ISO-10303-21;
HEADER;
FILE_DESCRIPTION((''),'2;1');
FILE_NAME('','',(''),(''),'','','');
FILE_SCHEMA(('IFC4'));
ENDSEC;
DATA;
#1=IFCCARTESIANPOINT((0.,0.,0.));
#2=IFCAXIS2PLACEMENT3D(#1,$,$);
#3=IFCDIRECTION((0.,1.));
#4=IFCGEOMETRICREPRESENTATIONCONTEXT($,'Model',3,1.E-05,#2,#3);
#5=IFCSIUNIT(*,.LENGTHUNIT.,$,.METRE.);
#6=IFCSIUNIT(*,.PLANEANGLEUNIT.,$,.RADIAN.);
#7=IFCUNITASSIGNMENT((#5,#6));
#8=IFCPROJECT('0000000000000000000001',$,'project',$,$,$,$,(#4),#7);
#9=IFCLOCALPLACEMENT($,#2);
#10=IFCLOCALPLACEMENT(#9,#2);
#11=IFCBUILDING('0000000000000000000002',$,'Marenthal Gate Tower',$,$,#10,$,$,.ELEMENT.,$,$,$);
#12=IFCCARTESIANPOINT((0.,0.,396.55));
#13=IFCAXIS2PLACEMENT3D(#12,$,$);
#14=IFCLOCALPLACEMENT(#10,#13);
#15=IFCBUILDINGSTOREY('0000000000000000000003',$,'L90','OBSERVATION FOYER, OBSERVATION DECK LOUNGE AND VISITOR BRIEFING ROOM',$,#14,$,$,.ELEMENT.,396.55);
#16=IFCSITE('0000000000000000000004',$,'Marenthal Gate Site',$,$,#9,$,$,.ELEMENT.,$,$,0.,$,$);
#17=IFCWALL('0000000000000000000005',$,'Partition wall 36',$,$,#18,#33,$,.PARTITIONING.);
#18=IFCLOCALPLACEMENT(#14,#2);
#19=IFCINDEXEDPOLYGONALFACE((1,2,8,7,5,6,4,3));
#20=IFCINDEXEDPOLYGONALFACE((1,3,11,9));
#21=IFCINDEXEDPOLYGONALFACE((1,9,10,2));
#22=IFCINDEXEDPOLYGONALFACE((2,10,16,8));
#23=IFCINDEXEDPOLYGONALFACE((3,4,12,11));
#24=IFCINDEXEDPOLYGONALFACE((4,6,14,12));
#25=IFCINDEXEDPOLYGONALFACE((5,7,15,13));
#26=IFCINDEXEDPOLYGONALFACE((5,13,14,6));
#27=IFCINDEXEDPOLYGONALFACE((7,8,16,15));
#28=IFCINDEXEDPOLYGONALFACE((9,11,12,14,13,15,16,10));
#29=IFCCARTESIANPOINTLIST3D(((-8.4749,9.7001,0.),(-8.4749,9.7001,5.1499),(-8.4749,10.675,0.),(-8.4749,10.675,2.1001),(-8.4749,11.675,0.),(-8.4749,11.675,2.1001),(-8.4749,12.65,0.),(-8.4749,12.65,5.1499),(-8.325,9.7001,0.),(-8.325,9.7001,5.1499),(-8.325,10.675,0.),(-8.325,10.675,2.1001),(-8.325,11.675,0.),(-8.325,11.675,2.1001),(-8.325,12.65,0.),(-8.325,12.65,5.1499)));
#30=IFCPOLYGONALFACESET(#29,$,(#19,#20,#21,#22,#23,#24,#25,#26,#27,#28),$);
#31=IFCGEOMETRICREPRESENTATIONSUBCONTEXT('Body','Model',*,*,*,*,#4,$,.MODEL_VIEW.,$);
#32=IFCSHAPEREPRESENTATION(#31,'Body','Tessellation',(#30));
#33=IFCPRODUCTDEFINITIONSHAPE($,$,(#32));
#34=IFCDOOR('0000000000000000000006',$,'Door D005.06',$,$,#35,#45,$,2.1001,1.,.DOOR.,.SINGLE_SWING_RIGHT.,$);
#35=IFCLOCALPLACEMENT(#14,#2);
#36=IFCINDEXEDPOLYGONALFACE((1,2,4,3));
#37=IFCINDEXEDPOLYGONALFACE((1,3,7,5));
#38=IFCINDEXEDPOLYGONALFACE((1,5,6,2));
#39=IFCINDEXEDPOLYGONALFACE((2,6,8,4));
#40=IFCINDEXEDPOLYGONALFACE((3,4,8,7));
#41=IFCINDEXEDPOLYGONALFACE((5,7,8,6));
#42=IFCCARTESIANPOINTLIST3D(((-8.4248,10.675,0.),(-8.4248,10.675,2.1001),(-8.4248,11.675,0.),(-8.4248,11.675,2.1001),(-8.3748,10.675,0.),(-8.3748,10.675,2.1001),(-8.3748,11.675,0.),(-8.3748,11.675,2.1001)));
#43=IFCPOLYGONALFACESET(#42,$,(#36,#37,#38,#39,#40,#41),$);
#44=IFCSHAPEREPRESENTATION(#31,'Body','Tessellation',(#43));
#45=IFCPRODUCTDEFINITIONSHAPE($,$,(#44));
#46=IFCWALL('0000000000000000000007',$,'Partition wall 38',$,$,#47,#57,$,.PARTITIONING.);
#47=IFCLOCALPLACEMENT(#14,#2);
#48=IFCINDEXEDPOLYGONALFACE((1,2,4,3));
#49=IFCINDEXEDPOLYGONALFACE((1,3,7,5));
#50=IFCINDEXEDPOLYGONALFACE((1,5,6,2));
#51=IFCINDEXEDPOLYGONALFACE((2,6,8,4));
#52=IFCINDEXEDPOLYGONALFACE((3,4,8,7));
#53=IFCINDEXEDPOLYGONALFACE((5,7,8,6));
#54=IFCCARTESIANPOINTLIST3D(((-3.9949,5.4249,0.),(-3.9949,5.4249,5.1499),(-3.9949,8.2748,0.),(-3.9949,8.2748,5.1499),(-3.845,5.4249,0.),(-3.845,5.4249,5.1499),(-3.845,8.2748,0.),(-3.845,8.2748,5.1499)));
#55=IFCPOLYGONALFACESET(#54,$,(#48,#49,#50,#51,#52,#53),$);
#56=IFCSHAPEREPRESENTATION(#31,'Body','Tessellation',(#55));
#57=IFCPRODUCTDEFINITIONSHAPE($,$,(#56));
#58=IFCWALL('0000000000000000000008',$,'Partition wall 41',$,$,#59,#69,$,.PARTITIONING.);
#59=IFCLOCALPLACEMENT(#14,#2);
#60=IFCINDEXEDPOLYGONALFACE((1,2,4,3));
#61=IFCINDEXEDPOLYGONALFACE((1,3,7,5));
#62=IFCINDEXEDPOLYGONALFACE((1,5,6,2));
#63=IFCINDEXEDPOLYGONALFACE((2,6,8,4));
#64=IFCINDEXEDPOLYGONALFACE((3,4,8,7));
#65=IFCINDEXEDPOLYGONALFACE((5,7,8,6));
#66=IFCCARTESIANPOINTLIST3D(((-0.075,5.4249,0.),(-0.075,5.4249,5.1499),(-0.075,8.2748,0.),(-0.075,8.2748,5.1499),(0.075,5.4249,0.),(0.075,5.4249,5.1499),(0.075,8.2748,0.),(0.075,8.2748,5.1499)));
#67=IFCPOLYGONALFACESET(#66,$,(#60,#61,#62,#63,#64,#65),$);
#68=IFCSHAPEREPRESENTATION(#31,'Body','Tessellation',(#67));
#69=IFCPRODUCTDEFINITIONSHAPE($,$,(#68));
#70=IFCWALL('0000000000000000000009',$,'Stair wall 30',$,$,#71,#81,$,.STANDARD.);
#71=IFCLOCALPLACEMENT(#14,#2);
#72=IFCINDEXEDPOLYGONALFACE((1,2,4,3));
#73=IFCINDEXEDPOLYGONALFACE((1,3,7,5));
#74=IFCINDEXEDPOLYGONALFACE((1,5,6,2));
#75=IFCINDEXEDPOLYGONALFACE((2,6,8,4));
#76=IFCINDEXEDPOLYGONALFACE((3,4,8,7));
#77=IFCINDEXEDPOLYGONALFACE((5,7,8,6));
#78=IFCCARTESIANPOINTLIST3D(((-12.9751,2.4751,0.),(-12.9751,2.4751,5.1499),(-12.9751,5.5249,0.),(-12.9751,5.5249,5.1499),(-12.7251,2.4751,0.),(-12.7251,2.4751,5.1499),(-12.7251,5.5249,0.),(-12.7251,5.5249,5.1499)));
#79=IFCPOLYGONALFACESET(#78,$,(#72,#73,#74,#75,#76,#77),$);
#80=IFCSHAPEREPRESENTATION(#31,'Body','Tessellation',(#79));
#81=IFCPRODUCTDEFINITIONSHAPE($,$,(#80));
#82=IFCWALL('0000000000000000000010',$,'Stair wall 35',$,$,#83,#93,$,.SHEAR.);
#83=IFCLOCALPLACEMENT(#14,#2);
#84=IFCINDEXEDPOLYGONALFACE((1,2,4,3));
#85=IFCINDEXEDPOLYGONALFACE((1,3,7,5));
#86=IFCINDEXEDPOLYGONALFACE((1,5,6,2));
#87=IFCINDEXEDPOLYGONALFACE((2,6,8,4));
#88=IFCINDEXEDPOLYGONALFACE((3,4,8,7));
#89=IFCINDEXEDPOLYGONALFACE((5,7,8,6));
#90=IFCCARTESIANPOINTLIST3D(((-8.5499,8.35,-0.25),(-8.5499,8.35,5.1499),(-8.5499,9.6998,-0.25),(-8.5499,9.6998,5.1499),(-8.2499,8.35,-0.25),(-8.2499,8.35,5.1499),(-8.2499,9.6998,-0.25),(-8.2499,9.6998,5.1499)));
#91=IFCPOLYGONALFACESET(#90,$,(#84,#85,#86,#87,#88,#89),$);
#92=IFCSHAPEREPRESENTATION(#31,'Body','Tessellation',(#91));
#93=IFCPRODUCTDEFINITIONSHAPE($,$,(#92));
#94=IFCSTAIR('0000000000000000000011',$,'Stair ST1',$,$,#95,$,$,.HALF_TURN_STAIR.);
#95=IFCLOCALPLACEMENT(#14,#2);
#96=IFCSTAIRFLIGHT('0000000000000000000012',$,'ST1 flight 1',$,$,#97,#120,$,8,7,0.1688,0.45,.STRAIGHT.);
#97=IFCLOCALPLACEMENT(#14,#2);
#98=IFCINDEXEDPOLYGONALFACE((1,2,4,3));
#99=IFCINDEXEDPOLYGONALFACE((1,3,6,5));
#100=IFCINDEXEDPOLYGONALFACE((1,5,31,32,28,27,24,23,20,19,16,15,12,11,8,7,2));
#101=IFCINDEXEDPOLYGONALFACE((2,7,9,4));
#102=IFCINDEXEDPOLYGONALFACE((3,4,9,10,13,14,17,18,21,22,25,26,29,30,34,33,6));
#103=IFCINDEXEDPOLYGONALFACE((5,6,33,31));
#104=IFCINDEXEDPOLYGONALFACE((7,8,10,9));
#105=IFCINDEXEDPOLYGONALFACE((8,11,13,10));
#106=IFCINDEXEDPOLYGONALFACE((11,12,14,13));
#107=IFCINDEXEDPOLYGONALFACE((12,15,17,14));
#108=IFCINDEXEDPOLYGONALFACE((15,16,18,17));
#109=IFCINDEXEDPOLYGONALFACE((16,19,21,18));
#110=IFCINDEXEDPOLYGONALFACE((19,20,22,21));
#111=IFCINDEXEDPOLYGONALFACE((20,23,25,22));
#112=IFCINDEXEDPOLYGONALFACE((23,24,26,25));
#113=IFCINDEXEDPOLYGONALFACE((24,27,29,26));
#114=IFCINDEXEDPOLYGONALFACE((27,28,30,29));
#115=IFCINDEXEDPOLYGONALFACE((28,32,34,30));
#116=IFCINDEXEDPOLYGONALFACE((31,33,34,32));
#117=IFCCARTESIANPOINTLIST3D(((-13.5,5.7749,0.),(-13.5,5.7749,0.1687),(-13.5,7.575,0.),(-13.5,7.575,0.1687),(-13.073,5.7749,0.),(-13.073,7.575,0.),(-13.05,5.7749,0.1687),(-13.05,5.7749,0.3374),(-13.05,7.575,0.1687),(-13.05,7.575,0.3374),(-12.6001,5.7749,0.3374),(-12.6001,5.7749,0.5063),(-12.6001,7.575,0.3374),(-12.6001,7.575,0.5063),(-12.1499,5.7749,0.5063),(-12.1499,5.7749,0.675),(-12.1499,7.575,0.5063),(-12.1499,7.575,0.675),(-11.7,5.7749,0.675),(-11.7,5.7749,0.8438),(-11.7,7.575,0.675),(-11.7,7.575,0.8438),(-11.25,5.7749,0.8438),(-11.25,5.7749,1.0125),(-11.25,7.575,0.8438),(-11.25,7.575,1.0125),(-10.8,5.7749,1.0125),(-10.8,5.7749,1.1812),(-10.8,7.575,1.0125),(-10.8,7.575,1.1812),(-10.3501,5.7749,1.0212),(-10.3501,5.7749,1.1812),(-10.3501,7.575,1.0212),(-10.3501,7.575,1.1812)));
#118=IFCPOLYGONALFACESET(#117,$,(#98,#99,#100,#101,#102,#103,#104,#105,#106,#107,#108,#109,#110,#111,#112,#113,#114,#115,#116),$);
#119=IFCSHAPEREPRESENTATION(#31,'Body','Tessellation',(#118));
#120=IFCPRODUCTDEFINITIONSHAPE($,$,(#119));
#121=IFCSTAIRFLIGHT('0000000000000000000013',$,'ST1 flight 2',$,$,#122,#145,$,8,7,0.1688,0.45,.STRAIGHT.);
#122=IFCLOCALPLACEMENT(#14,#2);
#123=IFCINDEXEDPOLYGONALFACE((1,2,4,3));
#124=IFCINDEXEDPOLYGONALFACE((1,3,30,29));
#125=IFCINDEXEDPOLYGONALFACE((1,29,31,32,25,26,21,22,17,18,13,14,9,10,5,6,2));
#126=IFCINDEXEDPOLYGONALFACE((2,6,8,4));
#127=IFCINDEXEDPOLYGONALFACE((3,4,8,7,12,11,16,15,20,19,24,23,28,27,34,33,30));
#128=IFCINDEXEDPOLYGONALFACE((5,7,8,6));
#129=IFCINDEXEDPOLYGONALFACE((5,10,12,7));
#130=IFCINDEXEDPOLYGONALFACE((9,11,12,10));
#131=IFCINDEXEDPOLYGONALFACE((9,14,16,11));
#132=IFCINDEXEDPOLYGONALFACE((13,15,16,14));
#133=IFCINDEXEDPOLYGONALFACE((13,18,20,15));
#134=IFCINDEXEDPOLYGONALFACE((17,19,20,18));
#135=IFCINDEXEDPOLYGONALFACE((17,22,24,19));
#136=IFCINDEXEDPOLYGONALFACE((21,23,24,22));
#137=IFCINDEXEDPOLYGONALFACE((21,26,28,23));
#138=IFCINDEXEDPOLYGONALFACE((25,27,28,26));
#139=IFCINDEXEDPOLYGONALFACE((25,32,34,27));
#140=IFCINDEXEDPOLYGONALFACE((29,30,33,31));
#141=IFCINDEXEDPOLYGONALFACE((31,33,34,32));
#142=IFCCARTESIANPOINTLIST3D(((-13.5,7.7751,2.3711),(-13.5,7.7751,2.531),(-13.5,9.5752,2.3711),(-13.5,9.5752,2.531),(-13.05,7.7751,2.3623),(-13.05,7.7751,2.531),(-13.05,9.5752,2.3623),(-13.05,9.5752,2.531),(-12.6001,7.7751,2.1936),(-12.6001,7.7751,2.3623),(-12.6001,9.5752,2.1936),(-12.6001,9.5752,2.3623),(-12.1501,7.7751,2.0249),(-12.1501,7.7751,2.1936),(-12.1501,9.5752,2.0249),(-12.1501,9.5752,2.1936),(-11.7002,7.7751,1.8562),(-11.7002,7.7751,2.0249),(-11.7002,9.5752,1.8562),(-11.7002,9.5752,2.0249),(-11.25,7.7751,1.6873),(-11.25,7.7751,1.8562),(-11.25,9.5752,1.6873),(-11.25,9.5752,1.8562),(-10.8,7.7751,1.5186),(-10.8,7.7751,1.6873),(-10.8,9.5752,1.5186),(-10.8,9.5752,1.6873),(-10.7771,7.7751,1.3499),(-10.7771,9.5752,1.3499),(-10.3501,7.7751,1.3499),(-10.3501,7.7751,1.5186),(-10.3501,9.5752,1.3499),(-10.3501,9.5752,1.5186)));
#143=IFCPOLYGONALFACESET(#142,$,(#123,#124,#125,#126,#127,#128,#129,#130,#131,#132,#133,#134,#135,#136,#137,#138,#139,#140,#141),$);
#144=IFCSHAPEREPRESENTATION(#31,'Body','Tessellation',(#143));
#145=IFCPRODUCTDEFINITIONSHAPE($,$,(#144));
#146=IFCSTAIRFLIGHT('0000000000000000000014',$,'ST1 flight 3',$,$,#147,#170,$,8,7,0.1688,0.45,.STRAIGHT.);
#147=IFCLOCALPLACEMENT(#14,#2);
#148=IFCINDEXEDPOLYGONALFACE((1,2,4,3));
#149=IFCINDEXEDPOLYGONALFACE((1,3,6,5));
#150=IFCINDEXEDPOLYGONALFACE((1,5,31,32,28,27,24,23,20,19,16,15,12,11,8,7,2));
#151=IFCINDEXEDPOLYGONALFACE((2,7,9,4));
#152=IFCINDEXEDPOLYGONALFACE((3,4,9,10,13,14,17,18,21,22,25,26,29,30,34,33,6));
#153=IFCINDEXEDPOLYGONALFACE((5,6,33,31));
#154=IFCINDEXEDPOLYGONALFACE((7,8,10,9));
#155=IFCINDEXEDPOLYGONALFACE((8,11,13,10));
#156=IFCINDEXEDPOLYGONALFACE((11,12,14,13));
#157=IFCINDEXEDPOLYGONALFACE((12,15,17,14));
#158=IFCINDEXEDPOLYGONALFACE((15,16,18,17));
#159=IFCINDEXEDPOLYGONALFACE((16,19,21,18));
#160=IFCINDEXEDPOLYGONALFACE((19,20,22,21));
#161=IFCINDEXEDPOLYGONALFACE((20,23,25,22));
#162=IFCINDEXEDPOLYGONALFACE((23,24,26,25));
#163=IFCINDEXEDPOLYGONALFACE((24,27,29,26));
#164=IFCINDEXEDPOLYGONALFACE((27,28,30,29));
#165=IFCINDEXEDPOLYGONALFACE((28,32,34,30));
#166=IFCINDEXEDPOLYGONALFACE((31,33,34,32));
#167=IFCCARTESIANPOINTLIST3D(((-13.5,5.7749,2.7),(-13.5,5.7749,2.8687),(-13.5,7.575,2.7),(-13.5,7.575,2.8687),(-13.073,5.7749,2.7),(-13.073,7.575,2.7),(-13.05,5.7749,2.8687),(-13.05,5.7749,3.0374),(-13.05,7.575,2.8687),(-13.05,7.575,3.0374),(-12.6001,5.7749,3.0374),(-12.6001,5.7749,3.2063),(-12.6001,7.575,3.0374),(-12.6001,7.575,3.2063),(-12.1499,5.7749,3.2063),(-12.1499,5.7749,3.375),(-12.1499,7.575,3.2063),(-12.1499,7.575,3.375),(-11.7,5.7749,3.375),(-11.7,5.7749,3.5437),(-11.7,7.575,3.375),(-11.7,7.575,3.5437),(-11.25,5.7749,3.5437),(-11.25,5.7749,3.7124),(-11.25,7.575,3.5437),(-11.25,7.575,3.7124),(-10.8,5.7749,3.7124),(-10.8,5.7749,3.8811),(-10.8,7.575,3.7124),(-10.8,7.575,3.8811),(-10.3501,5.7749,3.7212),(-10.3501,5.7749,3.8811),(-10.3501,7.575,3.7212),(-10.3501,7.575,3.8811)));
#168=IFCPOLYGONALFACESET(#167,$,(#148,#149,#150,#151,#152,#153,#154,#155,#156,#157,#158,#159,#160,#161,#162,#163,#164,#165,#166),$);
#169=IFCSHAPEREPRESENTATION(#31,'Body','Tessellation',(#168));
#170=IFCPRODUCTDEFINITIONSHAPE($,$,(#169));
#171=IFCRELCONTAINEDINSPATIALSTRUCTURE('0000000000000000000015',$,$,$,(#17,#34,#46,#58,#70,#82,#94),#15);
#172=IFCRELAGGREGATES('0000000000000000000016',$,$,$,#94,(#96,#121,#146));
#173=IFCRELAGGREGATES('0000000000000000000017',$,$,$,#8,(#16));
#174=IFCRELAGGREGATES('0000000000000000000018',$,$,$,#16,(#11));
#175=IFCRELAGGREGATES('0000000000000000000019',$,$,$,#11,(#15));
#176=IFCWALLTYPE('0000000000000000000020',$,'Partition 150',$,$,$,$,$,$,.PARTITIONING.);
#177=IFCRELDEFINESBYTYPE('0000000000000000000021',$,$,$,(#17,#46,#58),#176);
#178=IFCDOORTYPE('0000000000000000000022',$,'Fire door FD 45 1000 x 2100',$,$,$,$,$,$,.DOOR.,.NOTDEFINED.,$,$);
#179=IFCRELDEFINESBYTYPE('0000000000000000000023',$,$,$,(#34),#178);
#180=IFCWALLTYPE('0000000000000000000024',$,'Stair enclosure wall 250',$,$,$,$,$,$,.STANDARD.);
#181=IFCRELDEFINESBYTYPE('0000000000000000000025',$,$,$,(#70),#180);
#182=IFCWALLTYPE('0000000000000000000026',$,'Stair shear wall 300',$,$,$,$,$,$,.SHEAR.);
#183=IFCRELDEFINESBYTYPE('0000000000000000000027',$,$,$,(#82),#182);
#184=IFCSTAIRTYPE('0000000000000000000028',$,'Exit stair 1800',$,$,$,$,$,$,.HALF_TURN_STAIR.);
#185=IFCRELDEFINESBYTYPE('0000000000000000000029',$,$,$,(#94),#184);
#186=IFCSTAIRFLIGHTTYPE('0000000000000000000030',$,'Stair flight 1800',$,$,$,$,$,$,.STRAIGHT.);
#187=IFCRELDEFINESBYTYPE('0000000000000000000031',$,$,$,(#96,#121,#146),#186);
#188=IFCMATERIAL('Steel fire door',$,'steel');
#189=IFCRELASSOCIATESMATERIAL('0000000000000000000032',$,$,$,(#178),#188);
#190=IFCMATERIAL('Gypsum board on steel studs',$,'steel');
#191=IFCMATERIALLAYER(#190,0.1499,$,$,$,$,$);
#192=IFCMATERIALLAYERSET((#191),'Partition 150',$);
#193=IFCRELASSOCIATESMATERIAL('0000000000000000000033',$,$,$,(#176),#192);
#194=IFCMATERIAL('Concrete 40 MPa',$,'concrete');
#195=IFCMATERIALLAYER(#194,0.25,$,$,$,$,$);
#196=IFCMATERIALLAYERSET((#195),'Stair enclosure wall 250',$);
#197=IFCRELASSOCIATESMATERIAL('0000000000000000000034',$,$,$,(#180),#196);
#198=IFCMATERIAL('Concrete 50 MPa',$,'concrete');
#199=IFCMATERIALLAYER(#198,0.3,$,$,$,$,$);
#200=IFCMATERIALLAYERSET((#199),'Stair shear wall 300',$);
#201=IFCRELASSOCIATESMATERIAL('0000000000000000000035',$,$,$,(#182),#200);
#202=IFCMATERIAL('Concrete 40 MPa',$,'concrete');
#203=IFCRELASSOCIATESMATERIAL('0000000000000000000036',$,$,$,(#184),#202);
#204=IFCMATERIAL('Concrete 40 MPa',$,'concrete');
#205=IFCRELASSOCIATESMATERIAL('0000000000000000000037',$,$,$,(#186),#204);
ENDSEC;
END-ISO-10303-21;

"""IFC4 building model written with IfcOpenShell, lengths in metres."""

from ifc_helpers import new_model, si_unit, direction, frame, frame_2d, origin, place, context, subcontext, project, spatial, polyline, rectangle, outline, extrude, material, layer, layer_set, type_object, element, fill, aggregate, save


model = new_model("IFC4")

# Units and contexts
model_context = context("Model", 3, precision=1e-05, world=origin(), true_north=direction((0.0, 1.0)))
body_context = subcontext(model_context, "Body", "Model", "MODEL_VIEW")
ifc_project = project(units=[si_unit("LENGTHUNIT", "METRE"), si_unit("PLANEANGLEUNIT", "RADIAN")], contexts=[model_context])

# Site, building, storey
site_placement = place(None, origin())
site = spatial("IfcSite", under=ifc_project, at=site_placement, Name="Marenthal Gate Site", CompositionType="ELEMENT", RefElevation=0.0)
building_placement = place(site_placement, origin())
building = spatial("IfcBuilding", under=site, at=building_placement, Name="Marenthal Gate Tower", CompositionType="ELEMENT")
storey_placement = place(building_placement, frame((0.0, 0.0, 396.55)))
storey = spatial("IfcBuildingStorey", under=building, at=storey_placement, Name="L90", Description="OBSERVATION FOYER, OBSERVATION DECK LOUNGE AND VISITOR BRIEFING ROOM", CompositionType="ELEMENT", Elevation=396.55)

# Shared definitions
ifc_material_1 = material(Name="Steel fire door", Category="steel")
door_type = type_object("IfcDoorType", Name="Fire door FD 45 1000 x 2100", OperationType="NOTDEFINED", PredefinedType="DOOR", material=ifc_material_1)

# Shared definitions
ifc_material_2 = material(Name="Gypsum board on steel studs", Category="steel")
ifc_layer_1 = layer(ifc_material_2, 0.1499)
ifc_layer_set_1 = layer_set([ifc_layer_1], Name="Partition 150")
wall_type_1 = type_object("IfcWallType", Name="Partition 150", PredefinedType="PARTITIONING", material=ifc_layer_set_1)

# Wall, opening, door
wall_1_placement = place(storey_placement, frame((-8.3999, 9.7, 0.0), z_axis=(0.0, 0.0, 1.0), x_axis=(0.0, 1.0, 0.0)))
wall_1 = element("IfcWall", 1, at=wall_1_placement, inside=storey, type_object=wall_type_1, Name="Partition wall 36", PredefinedType="PARTITIONING", context=body_context, shape_type="SweptSolid", body=[
    extrude(rectangle(XDim=2.95, YDim=0.1499, at=frame_2d((1.4751, 0.0))), origin(), (0.0, 0.0, 1.0), 5.1499),
])
opening_1_placement = place(wall_1_placement, frame((0.9751, 0.0, 0.0)))
opening_1 = element("IfcOpeningElement", 2, at=opening_1_placement, cuts=wall_1, PredefinedType="OPENING", context=body_context, shape_type="SweptSolid", body=[
    extrude(rectangle(XDim=1.0, YDim=2.1001, at=frame_2d((0.5, 1.05))), frame((0.0, 0.085, 0.0), z_axis=(0.0, -1.0, 0.0), x_axis=(1.0, 0.0, 0.0)), (0.0, 0.0, 1.0), 0.1699),
])
door_1_placement = place(opening_1_placement, origin())
door_1 = element("IfcDoor", 3, at=door_1_placement, inside=storey, type_object=door_type, Name="Door D005.06", OperationType="SINGLE_SWING_RIGHT", OverallHeight=2.1001, OverallWidth=1.0, PredefinedType="DOOR", context=body_context, shape_type="SweptSolid", body=[
    extrude(rectangle(XDim=1.0, YDim=2.1001, at=frame_2d((0.5, 1.05))), frame((0.0, 0.0249, 0.0), z_axis=(0.0, -1.0, 0.0), x_axis=(1.0, 0.0, 0.0)), (0.0, 0.0, 1.0), 0.05),
])
fill(opening_1, door_1)

# Walls
for number, where, z_axis, x_axis, name in (
    (4, (-3.9199, 5.425, 0.0), (0.0, 0.0, 1.0), (0.0, 1.0, 0.0), "Partition wall 38"),
    (5, (0.0, 5.425, 0.0), (0.0, 0.0, 1.0), (0.0, 1.0, 0.0), "Partition wall 41"),
):
    element("IfcWall", number, at=place(storey_placement, frame(where, z_axis=z_axis, x_axis=x_axis)), inside=storey, type_object=wall_type_1, Name=name, PredefinedType="PARTITIONING", context=body_context, shape_type="SweptSolid", body=[
        extrude(rectangle(XDim=2.8499, YDim=0.1499, at=frame_2d((1.4248, 0.0))), origin(), (0.0, 0.0, 1.0), 5.1499),
    ])
ifc_material_3 = material(Name="Concrete 40 MPa", Category="concrete")
ifc_layer_2 = layer(ifc_material_3, 0.25)
ifc_layer_set_2 = layer_set([ifc_layer_2], Name="Stair enclosure wall 250")
wall_type_2 = type_object("IfcWallType", Name="Stair enclosure wall 250", PredefinedType="STANDARD", material=ifc_layer_set_2)
wall_2_placement = place(storey_placement, frame((-12.8501, 2.4751, 0.0), z_axis=(0.0, 0.0, 1.0), x_axis=(0.0, 1.0, 0.0)))
element("IfcWall", 6, at=wall_2_placement, inside=storey, type_object=wall_type_2, Name="Stair wall 30", PredefinedType="STANDARD", context=body_context, shape_type="SweptSolid", body=[
    extrude(rectangle(XDim=3.0498, YDim=0.25, at=frame_2d((1.5249, 0.0))), origin(), (0.0, 0.0, 1.0), 5.1499),
])
ifc_material_4 = material(Name="Concrete 50 MPa", Category="concrete")
ifc_layer_3 = layer(ifc_material_4, 0.3)
ifc_layer_set_3 = layer_set([ifc_layer_3], Name="Stair shear wall 300")
wall_type_3 = type_object("IfcWallType", Name="Stair shear wall 300", PredefinedType="SHEAR", material=ifc_layer_set_3)
wall_3_placement = place(storey_placement, frame((-8.3999, 8.3501, -0.25), z_axis=(0.0, 0.0, 1.0), x_axis=(0.0, 1.0, 0.0)))
element("IfcWall", 7, at=wall_3_placement, inside=storey, type_object=wall_type_3, Name="Stair wall 35", PredefinedType="SHEAR", context=body_context, shape_type="SweptSolid", body=[
    extrude(rectangle(XDim=1.3499, YDim=0.3, at=frame_2d((0.6748, 0.0))), origin(), (0.0, 0.0, 1.0), 5.3999),
])

# Stair, stair flights
ifc_material_5 = material(Name="Concrete 40 MPa", Category="concrete")
stair_type = type_object("IfcStairType", Name="Exit stair 1800", PredefinedType="HALF_TURN_STAIR", material=ifc_material_5)
stair_placement = place(storey_placement, origin())
stair = element("IfcStair", 8, at=stair_placement, inside=storey, type_object=stair_type, Name="Stair ST1", PredefinedType="HALF_TURN_STAIR")
ifc_material_6 = material(Name="Concrete 40 MPa", Category="concrete")
stair_flight_type = type_object("IfcStairFlightType", Name="Stair flight 1800", PredefinedType="STRAIGHT", material=ifc_material_6)
stair_flight_1_placement = place(storey_placement, frame((-13.5, 6.675, 0.0), z_axis=(0.0, 0.0, 1.0), x_axis=(1.0, 0.0, 0.0)))
stair_flight_1 = element("IfcStairFlight", 9, at=stair_flight_1_placement, type_object=stair_flight_type, Name="ST1 flight 1", NumberOfRisers=8, NumberOfTreads=7, PredefinedType="STRAIGHT", RiserHeight=0.1688, TreadLength=0.45, context=body_context, shape_type="SweptSolid", body=[
    extrude(outline(polyline([(0.0, 0.0), (0.0, 0.1687), (0.45, 0.1687), (0.45, 0.3374), (0.8999, 0.3374), (0.8999, 0.5063), (1.3501, 0.5063), (1.3501, 0.675), (1.8, 0.675), (1.8, 0.8438), (2.25, 0.8438), (2.25, 1.0125), (2.7, 1.0125), (2.7, 1.1812), (3.1499, 1.1812), (3.1499, 1.3501), (3.1499, 1.0212), (0.427, 0.0), (0.0, 0.0)])), frame((0.0, 0.8999, 0.0), z_axis=(0.0, -1.0, 0.0), x_axis=(1.0, 0.0, 0.0)), (0.0, 0.0, 1.0), 1.8),
])
stair_flight_2_placement = place(storey_placement, frame((-10.3501, 8.675, 1.3499), z_axis=(0.0, 0.0, 1.0), x_axis=(-1.0, 0.0, 0.0)))
stair_flight_2 = element("IfcStairFlight", 10, at=stair_flight_2_placement, type_object=stair_flight_type, Name="ST1 flight 2", NumberOfRisers=8, NumberOfTreads=7, PredefinedType="STRAIGHT", RiserHeight=0.1688, TreadLength=0.45, context=body_context, shape_type="SweptSolid", body=[
    extrude(outline(polyline([(0.0, 0.0), (0.0, 0.1687), (0.45, 0.1687), (0.45, 0.3374), (0.8999, 0.3374), (0.8999, 0.5063), (1.3501, 0.5063), (1.3501, 0.675), (1.8, 0.675), (1.8, 0.8438), (2.25, 0.8438), (2.25, 1.0125), (2.7, 1.0125), (2.7, 1.1812), (3.1499, 1.1812), (3.1499, 1.3501), (3.1499, 1.0212), (0.427, 0.0), (0.0, 0.0)])), frame((0.0, 0.8999, 0.0), z_axis=(0.0, -1.0, 0.0), x_axis=(1.0, 0.0, 0.0)), (0.0, 0.0, 1.0), 1.8),
])
stair_flight_3_placement = place(storey_placement, frame((-13.5, 6.675, 2.7), z_axis=(0.0, 0.0, 1.0), x_axis=(1.0, 0.0, 0.0)))
stair_flight_3 = element("IfcStairFlight", 11, at=stair_flight_3_placement, type_object=stair_flight_type, Name="ST1 flight 3", NumberOfRisers=8, NumberOfTreads=7, PredefinedType="STRAIGHT", RiserHeight=0.1688, TreadLength=0.45, context=body_context, shape_type="SweptSolid", body=[
    extrude(outline(polyline([(0.0, 0.0), (0.0, 0.1687), (0.45, 0.1687), (0.45, 0.3374), (0.8999, 0.3374), (0.8999, 0.5063), (1.3501, 0.5063), (1.3501, 0.675), (1.8, 0.675), (1.8, 0.8438), (2.25, 0.8438), (2.25, 1.0125), (2.7, 1.0125), (2.7, 1.1812), (3.1499, 1.1812), (3.1499, 1.3501), (3.1499, 1.0212), (0.427, 0.0), (0.0, 0.0)])), frame((0.0, 0.8999, 0.0), z_axis=(0.0, -1.0, 0.0), x_axis=(1.0, 0.0, 0.0)), (0.0, 0.0, 1.0), 1.8),
])
aggregate(stair, [stair_flight_1, stair_flight_2, stair_flight_3])

save(model, "model.ifc")
